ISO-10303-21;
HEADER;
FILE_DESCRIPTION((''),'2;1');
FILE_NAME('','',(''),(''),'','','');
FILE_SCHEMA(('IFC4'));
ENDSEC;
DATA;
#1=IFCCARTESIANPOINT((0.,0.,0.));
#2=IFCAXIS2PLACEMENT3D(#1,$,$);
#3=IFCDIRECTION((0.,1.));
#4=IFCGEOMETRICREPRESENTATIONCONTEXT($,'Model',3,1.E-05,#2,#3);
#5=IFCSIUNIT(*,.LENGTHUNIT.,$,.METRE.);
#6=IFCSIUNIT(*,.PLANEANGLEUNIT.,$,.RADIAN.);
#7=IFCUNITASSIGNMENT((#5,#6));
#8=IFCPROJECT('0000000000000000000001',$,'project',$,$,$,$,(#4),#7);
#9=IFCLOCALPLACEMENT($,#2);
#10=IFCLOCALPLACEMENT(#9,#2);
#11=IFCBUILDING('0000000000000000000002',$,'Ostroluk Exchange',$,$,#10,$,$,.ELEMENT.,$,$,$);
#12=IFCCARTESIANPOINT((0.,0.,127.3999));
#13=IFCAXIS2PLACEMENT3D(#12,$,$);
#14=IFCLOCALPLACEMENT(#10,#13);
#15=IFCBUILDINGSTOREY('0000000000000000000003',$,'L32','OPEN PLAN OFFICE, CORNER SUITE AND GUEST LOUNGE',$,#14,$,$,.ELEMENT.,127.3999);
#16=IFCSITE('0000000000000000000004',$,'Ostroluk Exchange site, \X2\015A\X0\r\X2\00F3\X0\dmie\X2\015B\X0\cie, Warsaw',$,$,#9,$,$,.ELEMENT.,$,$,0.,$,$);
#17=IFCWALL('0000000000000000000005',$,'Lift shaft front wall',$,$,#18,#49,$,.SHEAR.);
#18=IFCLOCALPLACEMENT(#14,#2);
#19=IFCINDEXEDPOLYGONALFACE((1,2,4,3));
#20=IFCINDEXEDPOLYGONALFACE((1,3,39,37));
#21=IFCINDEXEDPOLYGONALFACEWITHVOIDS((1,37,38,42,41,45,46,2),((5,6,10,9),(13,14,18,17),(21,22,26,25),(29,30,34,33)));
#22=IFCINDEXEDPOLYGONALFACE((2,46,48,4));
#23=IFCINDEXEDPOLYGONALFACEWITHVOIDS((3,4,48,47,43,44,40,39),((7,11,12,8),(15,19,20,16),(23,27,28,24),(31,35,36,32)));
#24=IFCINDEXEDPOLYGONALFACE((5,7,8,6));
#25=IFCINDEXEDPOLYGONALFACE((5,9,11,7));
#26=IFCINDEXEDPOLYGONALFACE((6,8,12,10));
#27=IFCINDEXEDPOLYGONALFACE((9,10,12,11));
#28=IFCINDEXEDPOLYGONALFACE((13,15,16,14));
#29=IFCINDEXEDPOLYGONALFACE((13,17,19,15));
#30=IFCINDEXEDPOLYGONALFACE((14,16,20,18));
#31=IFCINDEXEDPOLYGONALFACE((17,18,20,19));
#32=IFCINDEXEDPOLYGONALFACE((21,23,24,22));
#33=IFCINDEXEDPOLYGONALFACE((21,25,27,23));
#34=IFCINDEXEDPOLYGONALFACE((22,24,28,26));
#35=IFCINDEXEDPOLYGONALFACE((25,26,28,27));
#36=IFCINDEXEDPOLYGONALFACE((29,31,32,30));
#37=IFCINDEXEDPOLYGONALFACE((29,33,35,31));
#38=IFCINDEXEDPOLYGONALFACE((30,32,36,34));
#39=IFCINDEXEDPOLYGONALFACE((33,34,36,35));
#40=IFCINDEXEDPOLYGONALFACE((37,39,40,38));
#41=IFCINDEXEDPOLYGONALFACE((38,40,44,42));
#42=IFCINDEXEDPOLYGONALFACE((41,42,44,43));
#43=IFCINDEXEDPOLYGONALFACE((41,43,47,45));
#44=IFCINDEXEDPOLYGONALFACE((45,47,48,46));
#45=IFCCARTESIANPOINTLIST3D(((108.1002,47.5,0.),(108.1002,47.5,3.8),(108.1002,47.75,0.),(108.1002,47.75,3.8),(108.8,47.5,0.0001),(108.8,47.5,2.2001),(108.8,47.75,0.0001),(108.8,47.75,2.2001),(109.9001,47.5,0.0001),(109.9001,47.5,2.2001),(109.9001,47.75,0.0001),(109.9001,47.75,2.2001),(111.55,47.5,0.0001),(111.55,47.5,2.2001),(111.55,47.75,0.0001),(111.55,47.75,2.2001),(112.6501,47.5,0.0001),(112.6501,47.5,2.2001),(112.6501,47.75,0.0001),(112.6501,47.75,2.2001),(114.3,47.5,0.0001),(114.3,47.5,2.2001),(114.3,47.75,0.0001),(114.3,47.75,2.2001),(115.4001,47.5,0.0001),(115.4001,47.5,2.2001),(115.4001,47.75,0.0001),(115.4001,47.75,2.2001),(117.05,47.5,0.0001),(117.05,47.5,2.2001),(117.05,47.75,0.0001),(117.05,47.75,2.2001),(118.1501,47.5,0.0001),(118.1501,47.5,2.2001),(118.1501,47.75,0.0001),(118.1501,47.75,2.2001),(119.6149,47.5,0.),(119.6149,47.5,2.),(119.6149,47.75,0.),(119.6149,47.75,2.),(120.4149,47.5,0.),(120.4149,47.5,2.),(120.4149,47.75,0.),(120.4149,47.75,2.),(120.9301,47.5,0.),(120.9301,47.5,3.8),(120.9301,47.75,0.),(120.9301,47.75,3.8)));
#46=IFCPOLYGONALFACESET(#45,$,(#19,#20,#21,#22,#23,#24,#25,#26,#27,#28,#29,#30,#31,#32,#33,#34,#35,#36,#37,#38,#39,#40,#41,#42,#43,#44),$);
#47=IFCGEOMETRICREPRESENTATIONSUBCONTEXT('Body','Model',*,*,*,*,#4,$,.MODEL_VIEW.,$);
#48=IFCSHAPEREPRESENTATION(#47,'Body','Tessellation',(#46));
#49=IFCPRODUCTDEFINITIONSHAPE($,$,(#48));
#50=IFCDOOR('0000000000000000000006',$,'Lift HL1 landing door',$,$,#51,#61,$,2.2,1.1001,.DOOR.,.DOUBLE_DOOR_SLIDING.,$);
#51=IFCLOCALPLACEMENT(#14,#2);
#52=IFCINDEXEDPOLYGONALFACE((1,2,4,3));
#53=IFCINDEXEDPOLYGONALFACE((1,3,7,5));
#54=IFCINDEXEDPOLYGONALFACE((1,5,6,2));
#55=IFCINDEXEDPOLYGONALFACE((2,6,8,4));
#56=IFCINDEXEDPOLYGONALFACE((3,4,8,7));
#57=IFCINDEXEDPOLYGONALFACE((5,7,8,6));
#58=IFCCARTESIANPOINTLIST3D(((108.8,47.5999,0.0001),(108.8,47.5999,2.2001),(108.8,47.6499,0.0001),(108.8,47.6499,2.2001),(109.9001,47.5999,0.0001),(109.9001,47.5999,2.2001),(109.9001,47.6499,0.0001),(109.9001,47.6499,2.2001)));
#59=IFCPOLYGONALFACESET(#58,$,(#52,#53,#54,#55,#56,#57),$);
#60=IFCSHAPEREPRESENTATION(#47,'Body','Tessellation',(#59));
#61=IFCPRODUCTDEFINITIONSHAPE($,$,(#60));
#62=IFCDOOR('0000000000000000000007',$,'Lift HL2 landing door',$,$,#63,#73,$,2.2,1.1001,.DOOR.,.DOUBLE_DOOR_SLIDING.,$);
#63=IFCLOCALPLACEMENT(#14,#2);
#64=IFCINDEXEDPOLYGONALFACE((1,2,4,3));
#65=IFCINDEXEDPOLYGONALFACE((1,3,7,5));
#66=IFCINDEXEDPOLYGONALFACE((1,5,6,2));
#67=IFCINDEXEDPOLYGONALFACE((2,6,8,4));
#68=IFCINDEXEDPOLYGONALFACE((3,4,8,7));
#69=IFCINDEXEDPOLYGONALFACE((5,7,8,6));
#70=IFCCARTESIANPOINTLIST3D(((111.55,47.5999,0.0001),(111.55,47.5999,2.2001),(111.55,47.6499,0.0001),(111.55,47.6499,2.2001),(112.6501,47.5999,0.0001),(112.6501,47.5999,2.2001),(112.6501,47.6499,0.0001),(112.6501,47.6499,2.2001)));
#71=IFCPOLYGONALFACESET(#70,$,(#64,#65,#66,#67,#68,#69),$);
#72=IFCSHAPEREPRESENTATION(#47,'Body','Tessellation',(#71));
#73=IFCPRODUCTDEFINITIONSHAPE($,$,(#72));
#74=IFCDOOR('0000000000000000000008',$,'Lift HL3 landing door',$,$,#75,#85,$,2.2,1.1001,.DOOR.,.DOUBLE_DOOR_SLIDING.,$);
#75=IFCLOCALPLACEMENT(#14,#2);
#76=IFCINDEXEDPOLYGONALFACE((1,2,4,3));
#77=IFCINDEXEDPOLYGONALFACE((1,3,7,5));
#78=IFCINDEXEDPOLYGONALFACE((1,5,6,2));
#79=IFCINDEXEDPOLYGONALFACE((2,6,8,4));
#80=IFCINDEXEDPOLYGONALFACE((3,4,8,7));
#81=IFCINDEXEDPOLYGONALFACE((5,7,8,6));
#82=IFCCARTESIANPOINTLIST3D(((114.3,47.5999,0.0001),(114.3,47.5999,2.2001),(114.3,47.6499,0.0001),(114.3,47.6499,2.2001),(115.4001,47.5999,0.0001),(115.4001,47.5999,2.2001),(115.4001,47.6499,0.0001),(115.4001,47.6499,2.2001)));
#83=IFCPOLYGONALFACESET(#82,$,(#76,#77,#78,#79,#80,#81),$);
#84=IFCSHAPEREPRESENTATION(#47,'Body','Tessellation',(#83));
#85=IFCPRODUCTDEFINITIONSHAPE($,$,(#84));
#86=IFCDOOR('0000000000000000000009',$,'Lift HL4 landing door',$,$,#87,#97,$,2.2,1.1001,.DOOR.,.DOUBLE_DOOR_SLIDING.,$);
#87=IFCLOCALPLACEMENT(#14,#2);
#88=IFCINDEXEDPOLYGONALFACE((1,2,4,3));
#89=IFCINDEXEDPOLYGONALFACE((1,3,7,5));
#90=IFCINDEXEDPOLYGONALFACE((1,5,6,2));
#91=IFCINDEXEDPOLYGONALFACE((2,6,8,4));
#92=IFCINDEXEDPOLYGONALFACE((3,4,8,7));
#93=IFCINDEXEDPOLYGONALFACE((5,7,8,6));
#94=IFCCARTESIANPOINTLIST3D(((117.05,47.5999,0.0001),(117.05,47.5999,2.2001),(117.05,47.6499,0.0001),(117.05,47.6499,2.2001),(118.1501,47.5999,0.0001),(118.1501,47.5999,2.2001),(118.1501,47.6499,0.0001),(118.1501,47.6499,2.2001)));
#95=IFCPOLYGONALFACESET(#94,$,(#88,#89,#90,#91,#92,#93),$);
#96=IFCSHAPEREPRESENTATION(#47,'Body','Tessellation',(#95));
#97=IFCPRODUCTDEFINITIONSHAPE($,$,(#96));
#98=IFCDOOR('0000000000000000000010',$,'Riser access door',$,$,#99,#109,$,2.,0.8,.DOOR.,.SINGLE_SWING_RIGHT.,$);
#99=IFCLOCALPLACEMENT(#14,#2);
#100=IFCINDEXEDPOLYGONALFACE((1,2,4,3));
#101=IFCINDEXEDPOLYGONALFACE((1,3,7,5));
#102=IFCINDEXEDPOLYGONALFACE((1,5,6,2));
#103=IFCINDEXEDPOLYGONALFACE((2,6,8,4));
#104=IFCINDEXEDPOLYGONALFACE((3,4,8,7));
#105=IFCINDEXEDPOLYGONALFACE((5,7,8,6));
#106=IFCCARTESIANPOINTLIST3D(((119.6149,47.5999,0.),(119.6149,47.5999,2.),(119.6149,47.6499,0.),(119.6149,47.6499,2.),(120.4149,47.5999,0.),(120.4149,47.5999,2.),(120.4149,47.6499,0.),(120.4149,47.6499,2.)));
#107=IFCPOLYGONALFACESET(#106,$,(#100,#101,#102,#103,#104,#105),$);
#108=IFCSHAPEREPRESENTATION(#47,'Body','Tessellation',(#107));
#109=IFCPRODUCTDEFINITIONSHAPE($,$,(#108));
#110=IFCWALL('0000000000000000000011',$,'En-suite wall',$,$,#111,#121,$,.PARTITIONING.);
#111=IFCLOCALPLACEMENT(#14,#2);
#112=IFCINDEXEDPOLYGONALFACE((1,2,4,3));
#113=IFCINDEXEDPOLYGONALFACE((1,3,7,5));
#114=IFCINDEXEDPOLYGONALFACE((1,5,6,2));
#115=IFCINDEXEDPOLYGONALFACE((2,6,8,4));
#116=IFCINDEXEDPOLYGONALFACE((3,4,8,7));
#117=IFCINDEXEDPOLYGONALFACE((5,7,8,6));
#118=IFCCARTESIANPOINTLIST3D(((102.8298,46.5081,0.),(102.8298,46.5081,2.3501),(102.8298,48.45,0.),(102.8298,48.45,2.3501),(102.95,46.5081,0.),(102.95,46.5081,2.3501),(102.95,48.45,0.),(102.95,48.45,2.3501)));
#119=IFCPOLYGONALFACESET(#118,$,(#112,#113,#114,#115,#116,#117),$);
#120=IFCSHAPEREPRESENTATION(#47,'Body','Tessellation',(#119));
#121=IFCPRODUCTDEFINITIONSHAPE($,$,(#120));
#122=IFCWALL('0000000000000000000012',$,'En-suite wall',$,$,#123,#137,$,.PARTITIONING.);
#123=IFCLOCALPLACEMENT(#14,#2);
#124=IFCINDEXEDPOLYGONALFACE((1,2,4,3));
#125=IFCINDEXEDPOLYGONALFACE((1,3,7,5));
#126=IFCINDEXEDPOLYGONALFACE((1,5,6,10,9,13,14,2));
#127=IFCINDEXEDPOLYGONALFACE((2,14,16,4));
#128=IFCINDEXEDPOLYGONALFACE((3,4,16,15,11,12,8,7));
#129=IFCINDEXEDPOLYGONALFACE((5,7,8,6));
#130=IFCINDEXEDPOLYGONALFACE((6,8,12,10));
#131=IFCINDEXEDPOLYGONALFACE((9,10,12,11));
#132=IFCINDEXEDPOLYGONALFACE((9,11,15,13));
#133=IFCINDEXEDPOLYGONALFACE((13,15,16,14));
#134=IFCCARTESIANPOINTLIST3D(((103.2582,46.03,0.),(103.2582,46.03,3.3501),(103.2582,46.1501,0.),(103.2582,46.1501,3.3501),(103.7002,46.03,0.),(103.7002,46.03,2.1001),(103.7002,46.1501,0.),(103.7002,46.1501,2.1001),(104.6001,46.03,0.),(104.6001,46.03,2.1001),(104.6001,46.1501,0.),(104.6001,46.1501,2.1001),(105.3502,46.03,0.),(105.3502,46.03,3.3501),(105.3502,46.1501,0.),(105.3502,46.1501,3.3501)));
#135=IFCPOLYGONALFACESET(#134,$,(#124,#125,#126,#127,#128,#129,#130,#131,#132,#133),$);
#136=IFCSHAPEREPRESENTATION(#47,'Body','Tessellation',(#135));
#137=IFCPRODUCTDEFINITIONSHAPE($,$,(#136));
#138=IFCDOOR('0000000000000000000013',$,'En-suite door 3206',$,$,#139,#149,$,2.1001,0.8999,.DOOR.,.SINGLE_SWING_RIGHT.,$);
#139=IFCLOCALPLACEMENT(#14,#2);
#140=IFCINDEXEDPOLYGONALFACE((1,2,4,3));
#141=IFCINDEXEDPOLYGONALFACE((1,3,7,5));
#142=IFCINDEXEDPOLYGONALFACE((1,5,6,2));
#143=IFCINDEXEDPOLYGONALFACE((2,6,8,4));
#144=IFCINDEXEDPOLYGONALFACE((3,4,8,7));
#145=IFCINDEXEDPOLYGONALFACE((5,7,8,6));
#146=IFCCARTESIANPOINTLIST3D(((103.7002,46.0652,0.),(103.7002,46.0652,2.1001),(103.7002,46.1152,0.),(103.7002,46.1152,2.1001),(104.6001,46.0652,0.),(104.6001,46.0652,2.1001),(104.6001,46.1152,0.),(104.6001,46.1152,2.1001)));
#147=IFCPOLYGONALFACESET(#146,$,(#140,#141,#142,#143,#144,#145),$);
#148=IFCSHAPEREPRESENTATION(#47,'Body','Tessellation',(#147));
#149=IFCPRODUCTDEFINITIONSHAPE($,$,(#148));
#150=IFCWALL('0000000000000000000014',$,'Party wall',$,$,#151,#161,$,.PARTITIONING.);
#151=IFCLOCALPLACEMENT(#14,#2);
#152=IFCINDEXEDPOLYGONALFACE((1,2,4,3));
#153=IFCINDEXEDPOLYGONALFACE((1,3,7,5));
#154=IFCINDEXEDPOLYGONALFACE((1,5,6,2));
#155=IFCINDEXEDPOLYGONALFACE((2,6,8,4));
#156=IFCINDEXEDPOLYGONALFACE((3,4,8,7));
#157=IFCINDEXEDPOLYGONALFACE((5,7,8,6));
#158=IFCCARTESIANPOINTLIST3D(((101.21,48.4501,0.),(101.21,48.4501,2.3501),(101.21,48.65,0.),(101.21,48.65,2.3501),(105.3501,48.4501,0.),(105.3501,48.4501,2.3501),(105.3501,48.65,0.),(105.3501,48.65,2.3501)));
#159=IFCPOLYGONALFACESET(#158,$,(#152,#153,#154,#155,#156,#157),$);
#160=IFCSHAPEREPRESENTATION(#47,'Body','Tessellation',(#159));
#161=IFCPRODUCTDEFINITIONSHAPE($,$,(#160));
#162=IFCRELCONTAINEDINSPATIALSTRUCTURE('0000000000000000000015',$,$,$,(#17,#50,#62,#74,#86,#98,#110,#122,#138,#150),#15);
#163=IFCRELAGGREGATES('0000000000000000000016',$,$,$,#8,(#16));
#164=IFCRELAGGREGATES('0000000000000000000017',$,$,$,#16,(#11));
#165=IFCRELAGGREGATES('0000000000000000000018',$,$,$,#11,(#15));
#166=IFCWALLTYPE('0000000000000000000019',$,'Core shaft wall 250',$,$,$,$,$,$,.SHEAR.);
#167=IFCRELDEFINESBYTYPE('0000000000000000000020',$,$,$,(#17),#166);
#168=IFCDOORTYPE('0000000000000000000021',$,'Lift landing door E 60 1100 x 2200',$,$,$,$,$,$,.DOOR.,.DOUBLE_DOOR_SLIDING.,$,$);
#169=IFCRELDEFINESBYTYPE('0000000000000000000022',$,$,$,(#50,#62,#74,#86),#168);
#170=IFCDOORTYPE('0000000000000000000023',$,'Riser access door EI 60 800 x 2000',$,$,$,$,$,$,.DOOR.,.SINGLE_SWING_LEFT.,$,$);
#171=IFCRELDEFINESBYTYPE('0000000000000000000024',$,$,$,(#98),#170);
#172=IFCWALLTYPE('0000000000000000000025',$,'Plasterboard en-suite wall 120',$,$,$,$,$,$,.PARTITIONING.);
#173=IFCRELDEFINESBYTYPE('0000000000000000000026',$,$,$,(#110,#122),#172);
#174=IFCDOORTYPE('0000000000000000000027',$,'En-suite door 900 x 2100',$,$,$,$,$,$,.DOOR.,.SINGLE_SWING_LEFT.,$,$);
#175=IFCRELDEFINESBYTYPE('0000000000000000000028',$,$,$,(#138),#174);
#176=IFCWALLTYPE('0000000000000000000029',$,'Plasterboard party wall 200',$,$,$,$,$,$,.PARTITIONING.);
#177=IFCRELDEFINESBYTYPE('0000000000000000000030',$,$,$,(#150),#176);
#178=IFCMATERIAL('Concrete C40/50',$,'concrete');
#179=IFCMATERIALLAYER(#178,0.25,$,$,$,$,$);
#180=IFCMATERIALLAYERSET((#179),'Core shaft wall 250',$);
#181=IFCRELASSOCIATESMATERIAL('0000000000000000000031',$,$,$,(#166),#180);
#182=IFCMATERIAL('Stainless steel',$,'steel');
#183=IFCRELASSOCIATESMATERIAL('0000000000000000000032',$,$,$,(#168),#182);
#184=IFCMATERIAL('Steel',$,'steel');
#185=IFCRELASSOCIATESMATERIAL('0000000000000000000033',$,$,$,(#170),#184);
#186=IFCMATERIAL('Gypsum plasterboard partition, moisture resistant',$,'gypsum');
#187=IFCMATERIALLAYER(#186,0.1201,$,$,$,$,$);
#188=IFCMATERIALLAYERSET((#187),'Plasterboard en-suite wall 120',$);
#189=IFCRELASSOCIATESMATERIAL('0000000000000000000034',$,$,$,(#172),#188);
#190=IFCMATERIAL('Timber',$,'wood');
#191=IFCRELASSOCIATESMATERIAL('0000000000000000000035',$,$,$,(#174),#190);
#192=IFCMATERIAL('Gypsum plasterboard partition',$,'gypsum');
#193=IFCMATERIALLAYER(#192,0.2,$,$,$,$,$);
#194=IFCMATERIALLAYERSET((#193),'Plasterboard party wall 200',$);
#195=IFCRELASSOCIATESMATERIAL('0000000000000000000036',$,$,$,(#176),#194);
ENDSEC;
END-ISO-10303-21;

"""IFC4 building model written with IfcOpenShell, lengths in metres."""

from ifc_helpers import new_model, si_unit, direction, frame, frame_2d, origin, place, context, subcontext, project, spatial, rectangle, extrude, material, layer, layer_set, type_object, element, fill, save


model = new_model("IFC4")

# Units and contexts
model_context = context("Model", 3, precision=1e-05, world=origin(), true_north=direction((0.0, 1.0)))
body_context = subcontext(model_context, "Body", "Model", "MODEL_VIEW")
ifc_project = project(units=[si_unit("LENGTHUNIT", "METRE"), si_unit("PLANEANGLEUNIT", "RADIAN")], contexts=[model_context])

# Site, building, storey
site_placement = place(None, origin())
site = spatial("IfcSite", under=ifc_project, at=site_placement, Name="Ostroluk Exchange site, Śródmieście, Warsaw", CompositionType="ELEMENT", RefElevation=0.0)
building_placement = place(site_placement, origin())
building = spatial("IfcBuilding", under=site, at=building_placement, Name="Ostroluk Exchange", CompositionType="ELEMENT")
storey_placement = place(building_placement, frame((0.0, 0.0, 127.3999)))
storey = spatial("IfcBuildingStorey", under=building, at=storey_placement, Name="L32", Description="OPEN PLAN OFFICE, CORNER SUITE AND GUEST LOUNGE", CompositionType="ELEMENT", Elevation=127.3999)

# Shared definitions
ifc_material_1 = material(Name="Concrete C40/50", Category="concrete")
ifc_layer_1 = layer(ifc_material_1, 0.25)
ifc_layer_set_1 = layer_set([ifc_layer_1], Name="Core shaft wall 250")
wall_type_1 = type_object("IfcWallType", Name="Core shaft wall 250", PredefinedType="SHEAR", material=ifc_layer_set_1)

# Wall, openings, doors
wall_1_placement = place(storey_placement, frame((108.1001, 47.625, 0.0), z_axis=(0.0, 0.0, 1.0), x_axis=(1.0, 0.0, 0.0)))
wall_1 = element("IfcWall", 1, at=wall_1_placement, inside=storey, type_object=wall_type_1, Name="Lift shaft front wall", PredefinedType="SHEAR", context=body_context, shape_type="SweptSolid", body=[
    extrude(rectangle(XDim=12.8298, YDim=0.25, at=frame_2d((6.415, 0.0))), origin(), (0.0, 0.0, 1.0), 3.8),
])
opening_1_placement = place(wall_1_placement, frame((0.7, 0.0, 0.0)))
opening_1 = element("IfcOpeningElement", 2, at=opening_1_placement, cuts=wall_1, PredefinedType="OPENING", context=body_context, shape_type="SweptSolid", body=[
    extrude(rectangle(XDim=1.1001, YDim=2.2, at=frame_2d((0.55, 1.1001))), frame((0.0, 0.135, 0.0), z_axis=(0.0, -1.0, 0.0), x_axis=(1.0, 0.0, 0.0)), (0.0, 0.0, 1.0), 0.27),
])
opening_2_placement = place(wall_1_placement, frame((3.45, 0.0, 0.0)))
opening_2 = element("IfcOpeningElement", 3, at=opening_2_placement, cuts=wall_1, PredefinedType="OPENING", context=body_context, shape_type="SweptSolid", body=[
    extrude(rectangle(XDim=1.1001, YDim=2.2, at=frame_2d((0.55, 1.1001))), frame((0.0, 0.135, 0.0), z_axis=(0.0, -1.0, 0.0), x_axis=(1.0, 0.0, 0.0)), (0.0, 0.0, 1.0), 0.27),
])
opening_3_placement = place(wall_1_placement, frame((6.2, 0.0, 0.0)))
opening_3 = element("IfcOpeningElement", 4, at=opening_3_placement, cuts=wall_1, PredefinedType="OPENING", context=body_context, shape_type="SweptSolid", body=[
    extrude(rectangle(XDim=1.1001, YDim=2.2, at=frame_2d((0.55, 1.1001))), frame((0.0, 0.135, 0.0), z_axis=(0.0, -1.0, 0.0), x_axis=(1.0, 0.0, 0.0)), (0.0, 0.0, 1.0), 0.27),
])
opening_4_placement = place(wall_1_placement, frame((8.95, 0.0, 0.0)))
opening_4 = element("IfcOpeningElement", 5, at=opening_4_placement, cuts=wall_1, PredefinedType="OPENING", context=body_context, shape_type="SweptSolid", body=[
    extrude(rectangle(XDim=1.1001, YDim=2.2, at=frame_2d((0.55, 1.1001))), frame((0.0, 0.135, 0.0), z_axis=(0.0, -1.0, 0.0), x_axis=(1.0, 0.0, 0.0)), (0.0, 0.0, 1.0), 0.27),
])
opening_5_placement = place(wall_1_placement, frame((11.5149, 0.0, 0.0)))
opening_5 = element("IfcOpeningElement", 6, at=opening_5_placement, cuts=wall_1, PredefinedType="OPENING", context=body_context, shape_type="SweptSolid", body=[
    extrude(rectangle(XDim=0.8, YDim=2.0, at=frame_2d((0.3999, 1.0))), frame((0.0, 0.135, 0.0), z_axis=(0.0, -1.0, 0.0), x_axis=(1.0, 0.0, 0.0)), (0.0, 0.0, 1.0), 0.27),
])
ifc_material_2 = material(Name="Stainless steel", Category="steel")
door_type_1 = type_object("IfcDoorType", Name="Lift landing door E 60 1100 x 2200", OperationType="DOUBLE_DOOR_SLIDING", PredefinedType="DOOR", material=ifc_material_2)
door_1_placement = place(opening_1_placement, origin())
door_1 = element("IfcDoor", 7, at=door_1_placement, inside=storey, type_object=door_type_1, Name="Lift HL1 landing door", OperationType="DOUBLE_DOOR_SLIDING", OverallHeight=2.2, OverallWidth=1.1001, PredefinedType="DOOR", context=body_context, shape_type="SweptSolid", body=[
    extrude(rectangle(XDim=1.1001, YDim=2.2, at=frame_2d((0.55, 1.1001))), frame((0.0, 0.0249, 0.0), z_axis=(0.0, -1.0, 0.0), x_axis=(1.0, 0.0, 0.0)), (0.0, 0.0, 1.0), 0.05),
])
fill(opening_1, door_1)
door_2_placement = place(opening_2_placement, origin())
door_2 = element("IfcDoor", 8, at=door_2_placement, inside=storey, type_object=door_type_1, Name="Lift HL2 landing door", OperationType="DOUBLE_DOOR_SLIDING", OverallHeight=2.2, OverallWidth=1.1001, PredefinedType="DOOR", context=body_context, shape_type="SweptSolid", body=[
    extrude(rectangle(XDim=1.1001, YDim=2.2, at=frame_2d((0.55, 1.1001))), frame((0.0, 0.0249, 0.0), z_axis=(0.0, -1.0, 0.0), x_axis=(1.0, 0.0, 0.0)), (0.0, 0.0, 1.0), 0.05),
])
fill(opening_2, door_2)
door_3_placement = place(opening_3_placement, origin())
door_3 = element("IfcDoor", 9, at=door_3_placement, inside=storey, type_object=door_type_1, Name="Lift HL3 landing door", OperationType="DOUBLE_DOOR_SLIDING", OverallHeight=2.2, OverallWidth=1.1001, PredefinedType="DOOR", context=body_context, shape_type="SweptSolid", body=[
    extrude(rectangle(XDim=1.1001, YDim=2.2, at=frame_2d((0.55, 1.1001))), frame((0.0, 0.0249, 0.0), z_axis=(0.0, -1.0, 0.0), x_axis=(1.0, 0.0, 0.0)), (0.0, 0.0, 1.0), 0.05),
])
fill(opening_3, door_3)
door_4_placement = place(opening_4_placement, origin())
door_4 = element("IfcDoor", 10, at=door_4_placement, inside=storey, type_object=door_type_1, Name="Lift HL4 landing door", OperationType="DOUBLE_DOOR_SLIDING", OverallHeight=2.2, OverallWidth=1.1001, PredefinedType="DOOR", context=body_context, shape_type="SweptSolid", body=[
    extrude(rectangle(XDim=1.1001, YDim=2.2, at=frame_2d((0.55, 1.1001))), frame((0.0, 0.0249, 0.0), z_axis=(0.0, -1.0, 0.0), x_axis=(1.0, 0.0, 0.0)), (0.0, 0.0, 1.0), 0.05),
])
fill(opening_4, door_4)
ifc_material_3 = material(Name="Steel", Category="steel")
door_type_2 = type_object("IfcDoorType", Name="Riser access door EI 60 800 x 2000", OperationType="SINGLE_SWING_LEFT", PredefinedType="DOOR", material=ifc_material_3)
door_5_placement = place(opening_5_placement, origin())
door_5 = element("IfcDoor", 11, at=door_5_placement, inside=storey, type_object=door_type_2, Name="Riser access door", OperationType="SINGLE_SWING_RIGHT", OverallHeight=2.0, OverallWidth=0.8, PredefinedType="DOOR", context=body_context, shape_type="SweptSolid", body=[
    extrude(rectangle(XDim=0.8, YDim=2.0, at=frame_2d((0.3999, 1.0))), frame((0.0, 0.0249, 0.0), z_axis=(0.0, -1.0, 0.0), x_axis=(1.0, 0.0, 0.0)), (0.0, 0.0, 1.0), 0.05),
])
fill(opening_5, door_5)

# Wall
ifc_material_4 = material(Name="Gypsum plasterboard partition, moisture resistant", Category="gypsum")
ifc_layer_2 = layer(ifc_material_4, 0.1201)
ifc_layer_set_2 = layer_set([ifc_layer_2], Name="Plasterboard en-suite wall 120")
wall_type_2 = type_object("IfcWallType", Name="Plasterboard en-suite wall 120", PredefinedType="PARTITIONING", material=ifc_layer_set_2)
wall_2_placement = place(storey_placement, frame((102.8899, 48.45, 0.0), z_axis=(0.0, 0.0, 1.0), x_axis=(0.0, -1.0, 0.0)))
element("IfcWall", 12, at=wall_2_placement, inside=storey, type_object=wall_type_2, Name="En-suite wall", PredefinedType="PARTITIONING", context=body_context, shape_type="SweptSolid", body=[
    extrude(rectangle(XDim=1.9419, YDim=0.1201, at=frame_2d((0.9709, 0.0))), origin(), (0.0, 0.0, 1.0), 2.3501),
])

# Wall, opening, door
wall_3_placement = place(storey_placement, frame((105.3501, 46.0901, 0.0), z_axis=(0.0, 0.0, 1.0), x_axis=(-1.0, 0.0, 0.0)))
wall_3 = element("IfcWall", 13, at=wall_3_placement, inside=storey, type_object=wall_type_2, Name="En-suite wall", PredefinedType="PARTITIONING", context=body_context, shape_type="SweptSolid", body=[
    extrude(rectangle(XDim=2.092, YDim=0.1201, at=frame_2d((1.0459, 0.0))), origin(), (0.0, 0.0, 1.0), 3.3501),
])
opening_6_placement = place(wall_3_placement, frame((0.75, 0.0, 0.0)))
opening_6 = element("IfcOpeningElement", 14, at=opening_6_placement, cuts=wall_3, PredefinedType="OPENING", context=body_context, shape_type="SweptSolid", body=[
    extrude(rectangle(XDim=0.8999, YDim=2.1001, at=frame_2d((0.45, 1.05))), frame((0.0, 0.0701, 0.0), z_axis=(0.0, -1.0, 0.0), x_axis=(1.0, 0.0, 0.0)), (0.0, 0.0, 1.0), 0.1401),
])
ifc_material_5 = material(Name="Timber", Category="wood")
door_type_3 = type_object("IfcDoorType", Name="En-suite door 900 x 2100", OperationType="SINGLE_SWING_LEFT", PredefinedType="DOOR", material=ifc_material_5)
door_6_placement = place(opening_6_placement, origin())
door_6 = element("IfcDoor", 15, at=door_6_placement, inside=storey, type_object=door_type_3, Name="En-suite door 3206", OperationType="SINGLE_SWING_RIGHT", OverallHeight=2.1001, OverallWidth=0.8999, PredefinedType="DOOR", context=body_context, shape_type="SweptSolid", body=[
    extrude(rectangle(XDim=0.8999, YDim=2.1001, at=frame_2d((0.45, 1.05))), frame((0.0, 0.0249, 0.0), z_axis=(0.0, -1.0, 0.0), x_axis=(1.0, 0.0, 0.0)), (0.0, 0.0, 1.0), 0.05),
])
fill(opening_6, door_6)

# Wall
ifc_material_6 = material(Name="Gypsum plasterboard partition", Category="gypsum")
ifc_layer_3 = layer(ifc_material_6, 0.2)
ifc_layer_set_3 = layer_set([ifc_layer_3], Name="Plasterboard party wall 200")
wall_type_3 = type_object("IfcWallType", Name="Plasterboard party wall 200", PredefinedType="PARTITIONING", material=ifc_layer_set_3)
wall_4_placement = place(storey_placement, frame((105.3501, 48.55, 0.0), z_axis=(0.0, 0.0, 1.0), x_axis=(-1.0, 0.0, 0.0)))
element("IfcWall", 16, at=wall_4_placement, inside=storey, type_object=wall_type_3, Name="Party wall", PredefinedType="PARTITIONING", context=body_context, shape_type="SweptSolid", body=[
    extrude(rectangle(XDim=4.1401, YDim=0.2, at=frame_2d((2.0701, 0.0))), origin(), (0.0, 0.0, 1.0), 2.3501),
])

save(model, "model.ifc")
